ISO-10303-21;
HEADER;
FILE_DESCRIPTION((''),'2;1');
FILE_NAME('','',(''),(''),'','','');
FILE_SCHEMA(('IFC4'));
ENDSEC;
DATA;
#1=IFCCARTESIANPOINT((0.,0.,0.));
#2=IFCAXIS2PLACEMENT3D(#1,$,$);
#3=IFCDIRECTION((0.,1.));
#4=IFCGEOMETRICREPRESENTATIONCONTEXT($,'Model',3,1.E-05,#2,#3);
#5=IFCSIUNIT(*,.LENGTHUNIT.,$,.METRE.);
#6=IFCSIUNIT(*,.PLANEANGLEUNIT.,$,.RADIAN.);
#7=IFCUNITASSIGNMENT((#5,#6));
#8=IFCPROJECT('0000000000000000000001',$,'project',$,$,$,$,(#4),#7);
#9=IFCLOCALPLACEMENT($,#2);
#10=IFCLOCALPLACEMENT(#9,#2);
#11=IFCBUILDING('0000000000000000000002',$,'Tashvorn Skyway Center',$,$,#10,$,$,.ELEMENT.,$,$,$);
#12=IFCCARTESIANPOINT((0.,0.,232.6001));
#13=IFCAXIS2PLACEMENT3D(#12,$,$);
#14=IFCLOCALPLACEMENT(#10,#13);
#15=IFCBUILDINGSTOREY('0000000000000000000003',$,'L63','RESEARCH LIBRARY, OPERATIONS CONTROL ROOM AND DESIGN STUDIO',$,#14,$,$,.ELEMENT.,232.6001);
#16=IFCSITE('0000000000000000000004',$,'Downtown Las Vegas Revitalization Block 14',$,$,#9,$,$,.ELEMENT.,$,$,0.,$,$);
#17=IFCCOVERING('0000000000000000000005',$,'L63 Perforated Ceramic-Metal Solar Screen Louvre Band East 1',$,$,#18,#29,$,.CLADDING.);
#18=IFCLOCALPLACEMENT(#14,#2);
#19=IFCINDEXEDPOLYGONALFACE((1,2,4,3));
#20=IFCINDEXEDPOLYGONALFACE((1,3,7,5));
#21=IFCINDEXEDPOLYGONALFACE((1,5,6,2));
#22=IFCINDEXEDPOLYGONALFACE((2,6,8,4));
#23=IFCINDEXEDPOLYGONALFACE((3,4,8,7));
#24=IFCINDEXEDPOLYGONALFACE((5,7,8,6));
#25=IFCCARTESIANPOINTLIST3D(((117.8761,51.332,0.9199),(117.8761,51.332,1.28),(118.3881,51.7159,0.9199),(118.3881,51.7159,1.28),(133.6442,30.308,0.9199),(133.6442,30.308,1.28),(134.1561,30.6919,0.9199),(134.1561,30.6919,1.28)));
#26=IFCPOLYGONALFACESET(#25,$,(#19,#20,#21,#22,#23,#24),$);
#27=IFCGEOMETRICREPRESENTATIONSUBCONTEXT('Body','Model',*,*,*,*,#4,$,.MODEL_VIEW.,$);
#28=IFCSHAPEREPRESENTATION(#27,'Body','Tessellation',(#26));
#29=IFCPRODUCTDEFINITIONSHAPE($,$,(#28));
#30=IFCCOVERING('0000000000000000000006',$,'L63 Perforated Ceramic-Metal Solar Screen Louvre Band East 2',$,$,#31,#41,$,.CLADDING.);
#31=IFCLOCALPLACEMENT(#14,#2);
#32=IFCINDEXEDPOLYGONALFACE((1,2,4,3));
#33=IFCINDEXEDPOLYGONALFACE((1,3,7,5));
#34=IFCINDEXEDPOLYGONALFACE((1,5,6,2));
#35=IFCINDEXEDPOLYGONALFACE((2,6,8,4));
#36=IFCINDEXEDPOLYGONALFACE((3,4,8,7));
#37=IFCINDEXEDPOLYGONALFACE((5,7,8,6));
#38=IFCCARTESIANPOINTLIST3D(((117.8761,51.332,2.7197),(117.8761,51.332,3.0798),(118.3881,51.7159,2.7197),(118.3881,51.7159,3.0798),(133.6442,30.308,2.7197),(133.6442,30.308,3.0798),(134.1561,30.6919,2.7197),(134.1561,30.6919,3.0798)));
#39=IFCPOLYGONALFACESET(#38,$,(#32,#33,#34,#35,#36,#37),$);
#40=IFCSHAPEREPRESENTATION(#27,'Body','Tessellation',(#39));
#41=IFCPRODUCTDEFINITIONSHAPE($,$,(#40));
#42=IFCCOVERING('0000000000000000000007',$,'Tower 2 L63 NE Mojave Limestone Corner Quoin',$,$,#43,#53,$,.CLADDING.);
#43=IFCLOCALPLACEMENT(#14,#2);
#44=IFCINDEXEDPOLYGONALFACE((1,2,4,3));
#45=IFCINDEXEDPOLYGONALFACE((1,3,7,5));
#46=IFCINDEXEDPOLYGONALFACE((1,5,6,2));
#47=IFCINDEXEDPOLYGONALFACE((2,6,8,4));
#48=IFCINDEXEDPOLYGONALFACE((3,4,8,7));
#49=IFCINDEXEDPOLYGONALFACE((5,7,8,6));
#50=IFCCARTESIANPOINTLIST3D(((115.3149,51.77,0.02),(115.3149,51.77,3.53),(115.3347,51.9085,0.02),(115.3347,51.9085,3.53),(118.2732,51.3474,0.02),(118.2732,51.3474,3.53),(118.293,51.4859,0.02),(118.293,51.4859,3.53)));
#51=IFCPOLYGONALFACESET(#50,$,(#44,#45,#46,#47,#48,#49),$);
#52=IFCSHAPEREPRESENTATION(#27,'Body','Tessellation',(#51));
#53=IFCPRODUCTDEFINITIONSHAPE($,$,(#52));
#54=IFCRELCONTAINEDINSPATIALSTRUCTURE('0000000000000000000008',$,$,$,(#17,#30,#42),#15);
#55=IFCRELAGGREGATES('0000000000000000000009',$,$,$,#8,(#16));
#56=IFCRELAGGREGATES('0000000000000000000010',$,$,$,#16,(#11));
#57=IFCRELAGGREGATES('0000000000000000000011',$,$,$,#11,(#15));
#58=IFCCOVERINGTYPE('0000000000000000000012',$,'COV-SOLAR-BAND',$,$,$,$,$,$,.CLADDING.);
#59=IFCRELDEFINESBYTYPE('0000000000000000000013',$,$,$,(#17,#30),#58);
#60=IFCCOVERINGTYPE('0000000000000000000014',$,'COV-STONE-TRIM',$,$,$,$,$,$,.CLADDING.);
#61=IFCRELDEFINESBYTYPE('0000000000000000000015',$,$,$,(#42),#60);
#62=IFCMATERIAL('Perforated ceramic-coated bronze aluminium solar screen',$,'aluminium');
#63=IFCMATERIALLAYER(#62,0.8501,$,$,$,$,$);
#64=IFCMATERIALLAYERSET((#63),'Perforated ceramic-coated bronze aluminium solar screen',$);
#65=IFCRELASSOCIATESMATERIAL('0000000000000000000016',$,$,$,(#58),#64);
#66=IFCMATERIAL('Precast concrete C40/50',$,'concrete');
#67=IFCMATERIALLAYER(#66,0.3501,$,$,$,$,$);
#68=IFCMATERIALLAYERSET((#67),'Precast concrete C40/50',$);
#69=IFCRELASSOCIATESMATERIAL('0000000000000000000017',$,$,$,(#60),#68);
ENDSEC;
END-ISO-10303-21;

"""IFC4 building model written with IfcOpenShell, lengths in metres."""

from ifc_helpers import new_model, si_unit, direction, frame, origin, origin_2d, place, context, subcontext, project, spatial, rectangle, extrude, material, layer, layer_set, type_object, element, save


model = new_model("IFC4")

# Units and contexts
model_context = context("Model", 3, precision=1e-05, world=origin(), true_north=direction((0.0, 1.0)))
body_context = subcontext(model_context, "Body", "Model", "MODEL_VIEW")
ifc_project = project(units=[si_unit("LENGTHUNIT", "METRE"), si_unit("PLANEANGLEUNIT", "RADIAN")], contexts=[model_context])

# Site, building, storey
site_placement = place(None, origin())
site = spatial("IfcSite", under=ifc_project, at=site_placement, Name="Downtown Las Vegas Revitalization Block 14", CompositionType="ELEMENT", RefElevation=0.0)
building_placement = place(site_placement, origin())
building = spatial("IfcBuilding", under=site, at=building_placement, Name="Tashvorn Skyway Center", CompositionType="ELEMENT")
storey_placement = place(building_placement, frame((0.0, 0.0, 232.6001)))
storey = spatial("IfcBuildingStorey", under=building, at=storey_placement, Name="L63", Description="RESEARCH LIBRARY, OPERATIONS CONTROL ROOM AND DESIGN STUDIO", CompositionType="ELEMENT", Elevation=232.6001)

# Shared definitions
ifc_material_1 = material(Name="Precast concrete C40/50", Category="concrete")

# Coverings
ifc_material_2 = material(Name="Perforated ceramic-coated bronze aluminium solar screen", Category="aluminium")
ifc_layer_1 = layer(ifc_material_2, 0.8501)
ifc_layer_set_1 = layer_set([ifc_layer_1], Name="Perforated ceramic-coated bronze aluminium solar screen")
covering_type_1 = type_object("IfcCoveringType", Name="COV-SOLAR-BAND", PredefinedType="CLADDING", material=ifc_layer_set_1)
for number, where, z_axis, x_axis, name in (
    (1, (126.0161, 41.012, 0.9199), (0.0, 0.0, 1.0), (0.6, -0.8, 0.0), "L63 Perforated Ceramic-Metal Solar Screen Louvre Band East 1"),
    (2, (126.0161, 41.012, 2.7197), (0.0, 0.0, 1.0), (0.6, -0.8, 0.0), "L63 Perforated Ceramic-Metal Solar Screen Louvre Band East 2"),
):
    element("IfcCovering", number, at=place(storey_placement, frame(where, z_axis=z_axis, x_axis=x_axis)), inside=storey, type_object=covering_type_1, Name=name, PredefinedType="CLADDING", context=body_context, shape_type="SweptSolid", body=[
        extrude(rectangle(XDim=26.28, YDim=0.6399, at=origin_2d()), origin(), (0.0, 0.0, 1.0), 0.3601),
    ])
ifc_layer_2 = layer(ifc_material_1, 0.3501)
ifc_layer_set_2 = layer_set([ifc_layer_2], Name="Precast concrete C40/50")
covering_type_2 = type_object("IfcCoveringType", Name="COV-STONE-TRIM", PredefinedType="CLADDING", material=ifc_layer_set_2)
covering_placement = place(storey_placement, frame((116.804, 51.6279, 0.02), z_axis=(0.0, 0.0, 1.0), x_axis=(0.989949, -0.141421, 0.0)))
element("IfcCovering", 3, at=covering_placement, inside=storey, type_object=covering_type_2, Name="Tower 2 L63 NE Mojave Limestone Corner Quoin", PredefinedType="CLADDING", context=body_context, shape_type="SweptSolid", body=[
    extrude(rectangle(XDim=2.9883, YDim=0.1399, at=origin_2d()), origin(), (0.0, 0.0, 1.0), 3.51),
])

save(model, "model.ifc")
